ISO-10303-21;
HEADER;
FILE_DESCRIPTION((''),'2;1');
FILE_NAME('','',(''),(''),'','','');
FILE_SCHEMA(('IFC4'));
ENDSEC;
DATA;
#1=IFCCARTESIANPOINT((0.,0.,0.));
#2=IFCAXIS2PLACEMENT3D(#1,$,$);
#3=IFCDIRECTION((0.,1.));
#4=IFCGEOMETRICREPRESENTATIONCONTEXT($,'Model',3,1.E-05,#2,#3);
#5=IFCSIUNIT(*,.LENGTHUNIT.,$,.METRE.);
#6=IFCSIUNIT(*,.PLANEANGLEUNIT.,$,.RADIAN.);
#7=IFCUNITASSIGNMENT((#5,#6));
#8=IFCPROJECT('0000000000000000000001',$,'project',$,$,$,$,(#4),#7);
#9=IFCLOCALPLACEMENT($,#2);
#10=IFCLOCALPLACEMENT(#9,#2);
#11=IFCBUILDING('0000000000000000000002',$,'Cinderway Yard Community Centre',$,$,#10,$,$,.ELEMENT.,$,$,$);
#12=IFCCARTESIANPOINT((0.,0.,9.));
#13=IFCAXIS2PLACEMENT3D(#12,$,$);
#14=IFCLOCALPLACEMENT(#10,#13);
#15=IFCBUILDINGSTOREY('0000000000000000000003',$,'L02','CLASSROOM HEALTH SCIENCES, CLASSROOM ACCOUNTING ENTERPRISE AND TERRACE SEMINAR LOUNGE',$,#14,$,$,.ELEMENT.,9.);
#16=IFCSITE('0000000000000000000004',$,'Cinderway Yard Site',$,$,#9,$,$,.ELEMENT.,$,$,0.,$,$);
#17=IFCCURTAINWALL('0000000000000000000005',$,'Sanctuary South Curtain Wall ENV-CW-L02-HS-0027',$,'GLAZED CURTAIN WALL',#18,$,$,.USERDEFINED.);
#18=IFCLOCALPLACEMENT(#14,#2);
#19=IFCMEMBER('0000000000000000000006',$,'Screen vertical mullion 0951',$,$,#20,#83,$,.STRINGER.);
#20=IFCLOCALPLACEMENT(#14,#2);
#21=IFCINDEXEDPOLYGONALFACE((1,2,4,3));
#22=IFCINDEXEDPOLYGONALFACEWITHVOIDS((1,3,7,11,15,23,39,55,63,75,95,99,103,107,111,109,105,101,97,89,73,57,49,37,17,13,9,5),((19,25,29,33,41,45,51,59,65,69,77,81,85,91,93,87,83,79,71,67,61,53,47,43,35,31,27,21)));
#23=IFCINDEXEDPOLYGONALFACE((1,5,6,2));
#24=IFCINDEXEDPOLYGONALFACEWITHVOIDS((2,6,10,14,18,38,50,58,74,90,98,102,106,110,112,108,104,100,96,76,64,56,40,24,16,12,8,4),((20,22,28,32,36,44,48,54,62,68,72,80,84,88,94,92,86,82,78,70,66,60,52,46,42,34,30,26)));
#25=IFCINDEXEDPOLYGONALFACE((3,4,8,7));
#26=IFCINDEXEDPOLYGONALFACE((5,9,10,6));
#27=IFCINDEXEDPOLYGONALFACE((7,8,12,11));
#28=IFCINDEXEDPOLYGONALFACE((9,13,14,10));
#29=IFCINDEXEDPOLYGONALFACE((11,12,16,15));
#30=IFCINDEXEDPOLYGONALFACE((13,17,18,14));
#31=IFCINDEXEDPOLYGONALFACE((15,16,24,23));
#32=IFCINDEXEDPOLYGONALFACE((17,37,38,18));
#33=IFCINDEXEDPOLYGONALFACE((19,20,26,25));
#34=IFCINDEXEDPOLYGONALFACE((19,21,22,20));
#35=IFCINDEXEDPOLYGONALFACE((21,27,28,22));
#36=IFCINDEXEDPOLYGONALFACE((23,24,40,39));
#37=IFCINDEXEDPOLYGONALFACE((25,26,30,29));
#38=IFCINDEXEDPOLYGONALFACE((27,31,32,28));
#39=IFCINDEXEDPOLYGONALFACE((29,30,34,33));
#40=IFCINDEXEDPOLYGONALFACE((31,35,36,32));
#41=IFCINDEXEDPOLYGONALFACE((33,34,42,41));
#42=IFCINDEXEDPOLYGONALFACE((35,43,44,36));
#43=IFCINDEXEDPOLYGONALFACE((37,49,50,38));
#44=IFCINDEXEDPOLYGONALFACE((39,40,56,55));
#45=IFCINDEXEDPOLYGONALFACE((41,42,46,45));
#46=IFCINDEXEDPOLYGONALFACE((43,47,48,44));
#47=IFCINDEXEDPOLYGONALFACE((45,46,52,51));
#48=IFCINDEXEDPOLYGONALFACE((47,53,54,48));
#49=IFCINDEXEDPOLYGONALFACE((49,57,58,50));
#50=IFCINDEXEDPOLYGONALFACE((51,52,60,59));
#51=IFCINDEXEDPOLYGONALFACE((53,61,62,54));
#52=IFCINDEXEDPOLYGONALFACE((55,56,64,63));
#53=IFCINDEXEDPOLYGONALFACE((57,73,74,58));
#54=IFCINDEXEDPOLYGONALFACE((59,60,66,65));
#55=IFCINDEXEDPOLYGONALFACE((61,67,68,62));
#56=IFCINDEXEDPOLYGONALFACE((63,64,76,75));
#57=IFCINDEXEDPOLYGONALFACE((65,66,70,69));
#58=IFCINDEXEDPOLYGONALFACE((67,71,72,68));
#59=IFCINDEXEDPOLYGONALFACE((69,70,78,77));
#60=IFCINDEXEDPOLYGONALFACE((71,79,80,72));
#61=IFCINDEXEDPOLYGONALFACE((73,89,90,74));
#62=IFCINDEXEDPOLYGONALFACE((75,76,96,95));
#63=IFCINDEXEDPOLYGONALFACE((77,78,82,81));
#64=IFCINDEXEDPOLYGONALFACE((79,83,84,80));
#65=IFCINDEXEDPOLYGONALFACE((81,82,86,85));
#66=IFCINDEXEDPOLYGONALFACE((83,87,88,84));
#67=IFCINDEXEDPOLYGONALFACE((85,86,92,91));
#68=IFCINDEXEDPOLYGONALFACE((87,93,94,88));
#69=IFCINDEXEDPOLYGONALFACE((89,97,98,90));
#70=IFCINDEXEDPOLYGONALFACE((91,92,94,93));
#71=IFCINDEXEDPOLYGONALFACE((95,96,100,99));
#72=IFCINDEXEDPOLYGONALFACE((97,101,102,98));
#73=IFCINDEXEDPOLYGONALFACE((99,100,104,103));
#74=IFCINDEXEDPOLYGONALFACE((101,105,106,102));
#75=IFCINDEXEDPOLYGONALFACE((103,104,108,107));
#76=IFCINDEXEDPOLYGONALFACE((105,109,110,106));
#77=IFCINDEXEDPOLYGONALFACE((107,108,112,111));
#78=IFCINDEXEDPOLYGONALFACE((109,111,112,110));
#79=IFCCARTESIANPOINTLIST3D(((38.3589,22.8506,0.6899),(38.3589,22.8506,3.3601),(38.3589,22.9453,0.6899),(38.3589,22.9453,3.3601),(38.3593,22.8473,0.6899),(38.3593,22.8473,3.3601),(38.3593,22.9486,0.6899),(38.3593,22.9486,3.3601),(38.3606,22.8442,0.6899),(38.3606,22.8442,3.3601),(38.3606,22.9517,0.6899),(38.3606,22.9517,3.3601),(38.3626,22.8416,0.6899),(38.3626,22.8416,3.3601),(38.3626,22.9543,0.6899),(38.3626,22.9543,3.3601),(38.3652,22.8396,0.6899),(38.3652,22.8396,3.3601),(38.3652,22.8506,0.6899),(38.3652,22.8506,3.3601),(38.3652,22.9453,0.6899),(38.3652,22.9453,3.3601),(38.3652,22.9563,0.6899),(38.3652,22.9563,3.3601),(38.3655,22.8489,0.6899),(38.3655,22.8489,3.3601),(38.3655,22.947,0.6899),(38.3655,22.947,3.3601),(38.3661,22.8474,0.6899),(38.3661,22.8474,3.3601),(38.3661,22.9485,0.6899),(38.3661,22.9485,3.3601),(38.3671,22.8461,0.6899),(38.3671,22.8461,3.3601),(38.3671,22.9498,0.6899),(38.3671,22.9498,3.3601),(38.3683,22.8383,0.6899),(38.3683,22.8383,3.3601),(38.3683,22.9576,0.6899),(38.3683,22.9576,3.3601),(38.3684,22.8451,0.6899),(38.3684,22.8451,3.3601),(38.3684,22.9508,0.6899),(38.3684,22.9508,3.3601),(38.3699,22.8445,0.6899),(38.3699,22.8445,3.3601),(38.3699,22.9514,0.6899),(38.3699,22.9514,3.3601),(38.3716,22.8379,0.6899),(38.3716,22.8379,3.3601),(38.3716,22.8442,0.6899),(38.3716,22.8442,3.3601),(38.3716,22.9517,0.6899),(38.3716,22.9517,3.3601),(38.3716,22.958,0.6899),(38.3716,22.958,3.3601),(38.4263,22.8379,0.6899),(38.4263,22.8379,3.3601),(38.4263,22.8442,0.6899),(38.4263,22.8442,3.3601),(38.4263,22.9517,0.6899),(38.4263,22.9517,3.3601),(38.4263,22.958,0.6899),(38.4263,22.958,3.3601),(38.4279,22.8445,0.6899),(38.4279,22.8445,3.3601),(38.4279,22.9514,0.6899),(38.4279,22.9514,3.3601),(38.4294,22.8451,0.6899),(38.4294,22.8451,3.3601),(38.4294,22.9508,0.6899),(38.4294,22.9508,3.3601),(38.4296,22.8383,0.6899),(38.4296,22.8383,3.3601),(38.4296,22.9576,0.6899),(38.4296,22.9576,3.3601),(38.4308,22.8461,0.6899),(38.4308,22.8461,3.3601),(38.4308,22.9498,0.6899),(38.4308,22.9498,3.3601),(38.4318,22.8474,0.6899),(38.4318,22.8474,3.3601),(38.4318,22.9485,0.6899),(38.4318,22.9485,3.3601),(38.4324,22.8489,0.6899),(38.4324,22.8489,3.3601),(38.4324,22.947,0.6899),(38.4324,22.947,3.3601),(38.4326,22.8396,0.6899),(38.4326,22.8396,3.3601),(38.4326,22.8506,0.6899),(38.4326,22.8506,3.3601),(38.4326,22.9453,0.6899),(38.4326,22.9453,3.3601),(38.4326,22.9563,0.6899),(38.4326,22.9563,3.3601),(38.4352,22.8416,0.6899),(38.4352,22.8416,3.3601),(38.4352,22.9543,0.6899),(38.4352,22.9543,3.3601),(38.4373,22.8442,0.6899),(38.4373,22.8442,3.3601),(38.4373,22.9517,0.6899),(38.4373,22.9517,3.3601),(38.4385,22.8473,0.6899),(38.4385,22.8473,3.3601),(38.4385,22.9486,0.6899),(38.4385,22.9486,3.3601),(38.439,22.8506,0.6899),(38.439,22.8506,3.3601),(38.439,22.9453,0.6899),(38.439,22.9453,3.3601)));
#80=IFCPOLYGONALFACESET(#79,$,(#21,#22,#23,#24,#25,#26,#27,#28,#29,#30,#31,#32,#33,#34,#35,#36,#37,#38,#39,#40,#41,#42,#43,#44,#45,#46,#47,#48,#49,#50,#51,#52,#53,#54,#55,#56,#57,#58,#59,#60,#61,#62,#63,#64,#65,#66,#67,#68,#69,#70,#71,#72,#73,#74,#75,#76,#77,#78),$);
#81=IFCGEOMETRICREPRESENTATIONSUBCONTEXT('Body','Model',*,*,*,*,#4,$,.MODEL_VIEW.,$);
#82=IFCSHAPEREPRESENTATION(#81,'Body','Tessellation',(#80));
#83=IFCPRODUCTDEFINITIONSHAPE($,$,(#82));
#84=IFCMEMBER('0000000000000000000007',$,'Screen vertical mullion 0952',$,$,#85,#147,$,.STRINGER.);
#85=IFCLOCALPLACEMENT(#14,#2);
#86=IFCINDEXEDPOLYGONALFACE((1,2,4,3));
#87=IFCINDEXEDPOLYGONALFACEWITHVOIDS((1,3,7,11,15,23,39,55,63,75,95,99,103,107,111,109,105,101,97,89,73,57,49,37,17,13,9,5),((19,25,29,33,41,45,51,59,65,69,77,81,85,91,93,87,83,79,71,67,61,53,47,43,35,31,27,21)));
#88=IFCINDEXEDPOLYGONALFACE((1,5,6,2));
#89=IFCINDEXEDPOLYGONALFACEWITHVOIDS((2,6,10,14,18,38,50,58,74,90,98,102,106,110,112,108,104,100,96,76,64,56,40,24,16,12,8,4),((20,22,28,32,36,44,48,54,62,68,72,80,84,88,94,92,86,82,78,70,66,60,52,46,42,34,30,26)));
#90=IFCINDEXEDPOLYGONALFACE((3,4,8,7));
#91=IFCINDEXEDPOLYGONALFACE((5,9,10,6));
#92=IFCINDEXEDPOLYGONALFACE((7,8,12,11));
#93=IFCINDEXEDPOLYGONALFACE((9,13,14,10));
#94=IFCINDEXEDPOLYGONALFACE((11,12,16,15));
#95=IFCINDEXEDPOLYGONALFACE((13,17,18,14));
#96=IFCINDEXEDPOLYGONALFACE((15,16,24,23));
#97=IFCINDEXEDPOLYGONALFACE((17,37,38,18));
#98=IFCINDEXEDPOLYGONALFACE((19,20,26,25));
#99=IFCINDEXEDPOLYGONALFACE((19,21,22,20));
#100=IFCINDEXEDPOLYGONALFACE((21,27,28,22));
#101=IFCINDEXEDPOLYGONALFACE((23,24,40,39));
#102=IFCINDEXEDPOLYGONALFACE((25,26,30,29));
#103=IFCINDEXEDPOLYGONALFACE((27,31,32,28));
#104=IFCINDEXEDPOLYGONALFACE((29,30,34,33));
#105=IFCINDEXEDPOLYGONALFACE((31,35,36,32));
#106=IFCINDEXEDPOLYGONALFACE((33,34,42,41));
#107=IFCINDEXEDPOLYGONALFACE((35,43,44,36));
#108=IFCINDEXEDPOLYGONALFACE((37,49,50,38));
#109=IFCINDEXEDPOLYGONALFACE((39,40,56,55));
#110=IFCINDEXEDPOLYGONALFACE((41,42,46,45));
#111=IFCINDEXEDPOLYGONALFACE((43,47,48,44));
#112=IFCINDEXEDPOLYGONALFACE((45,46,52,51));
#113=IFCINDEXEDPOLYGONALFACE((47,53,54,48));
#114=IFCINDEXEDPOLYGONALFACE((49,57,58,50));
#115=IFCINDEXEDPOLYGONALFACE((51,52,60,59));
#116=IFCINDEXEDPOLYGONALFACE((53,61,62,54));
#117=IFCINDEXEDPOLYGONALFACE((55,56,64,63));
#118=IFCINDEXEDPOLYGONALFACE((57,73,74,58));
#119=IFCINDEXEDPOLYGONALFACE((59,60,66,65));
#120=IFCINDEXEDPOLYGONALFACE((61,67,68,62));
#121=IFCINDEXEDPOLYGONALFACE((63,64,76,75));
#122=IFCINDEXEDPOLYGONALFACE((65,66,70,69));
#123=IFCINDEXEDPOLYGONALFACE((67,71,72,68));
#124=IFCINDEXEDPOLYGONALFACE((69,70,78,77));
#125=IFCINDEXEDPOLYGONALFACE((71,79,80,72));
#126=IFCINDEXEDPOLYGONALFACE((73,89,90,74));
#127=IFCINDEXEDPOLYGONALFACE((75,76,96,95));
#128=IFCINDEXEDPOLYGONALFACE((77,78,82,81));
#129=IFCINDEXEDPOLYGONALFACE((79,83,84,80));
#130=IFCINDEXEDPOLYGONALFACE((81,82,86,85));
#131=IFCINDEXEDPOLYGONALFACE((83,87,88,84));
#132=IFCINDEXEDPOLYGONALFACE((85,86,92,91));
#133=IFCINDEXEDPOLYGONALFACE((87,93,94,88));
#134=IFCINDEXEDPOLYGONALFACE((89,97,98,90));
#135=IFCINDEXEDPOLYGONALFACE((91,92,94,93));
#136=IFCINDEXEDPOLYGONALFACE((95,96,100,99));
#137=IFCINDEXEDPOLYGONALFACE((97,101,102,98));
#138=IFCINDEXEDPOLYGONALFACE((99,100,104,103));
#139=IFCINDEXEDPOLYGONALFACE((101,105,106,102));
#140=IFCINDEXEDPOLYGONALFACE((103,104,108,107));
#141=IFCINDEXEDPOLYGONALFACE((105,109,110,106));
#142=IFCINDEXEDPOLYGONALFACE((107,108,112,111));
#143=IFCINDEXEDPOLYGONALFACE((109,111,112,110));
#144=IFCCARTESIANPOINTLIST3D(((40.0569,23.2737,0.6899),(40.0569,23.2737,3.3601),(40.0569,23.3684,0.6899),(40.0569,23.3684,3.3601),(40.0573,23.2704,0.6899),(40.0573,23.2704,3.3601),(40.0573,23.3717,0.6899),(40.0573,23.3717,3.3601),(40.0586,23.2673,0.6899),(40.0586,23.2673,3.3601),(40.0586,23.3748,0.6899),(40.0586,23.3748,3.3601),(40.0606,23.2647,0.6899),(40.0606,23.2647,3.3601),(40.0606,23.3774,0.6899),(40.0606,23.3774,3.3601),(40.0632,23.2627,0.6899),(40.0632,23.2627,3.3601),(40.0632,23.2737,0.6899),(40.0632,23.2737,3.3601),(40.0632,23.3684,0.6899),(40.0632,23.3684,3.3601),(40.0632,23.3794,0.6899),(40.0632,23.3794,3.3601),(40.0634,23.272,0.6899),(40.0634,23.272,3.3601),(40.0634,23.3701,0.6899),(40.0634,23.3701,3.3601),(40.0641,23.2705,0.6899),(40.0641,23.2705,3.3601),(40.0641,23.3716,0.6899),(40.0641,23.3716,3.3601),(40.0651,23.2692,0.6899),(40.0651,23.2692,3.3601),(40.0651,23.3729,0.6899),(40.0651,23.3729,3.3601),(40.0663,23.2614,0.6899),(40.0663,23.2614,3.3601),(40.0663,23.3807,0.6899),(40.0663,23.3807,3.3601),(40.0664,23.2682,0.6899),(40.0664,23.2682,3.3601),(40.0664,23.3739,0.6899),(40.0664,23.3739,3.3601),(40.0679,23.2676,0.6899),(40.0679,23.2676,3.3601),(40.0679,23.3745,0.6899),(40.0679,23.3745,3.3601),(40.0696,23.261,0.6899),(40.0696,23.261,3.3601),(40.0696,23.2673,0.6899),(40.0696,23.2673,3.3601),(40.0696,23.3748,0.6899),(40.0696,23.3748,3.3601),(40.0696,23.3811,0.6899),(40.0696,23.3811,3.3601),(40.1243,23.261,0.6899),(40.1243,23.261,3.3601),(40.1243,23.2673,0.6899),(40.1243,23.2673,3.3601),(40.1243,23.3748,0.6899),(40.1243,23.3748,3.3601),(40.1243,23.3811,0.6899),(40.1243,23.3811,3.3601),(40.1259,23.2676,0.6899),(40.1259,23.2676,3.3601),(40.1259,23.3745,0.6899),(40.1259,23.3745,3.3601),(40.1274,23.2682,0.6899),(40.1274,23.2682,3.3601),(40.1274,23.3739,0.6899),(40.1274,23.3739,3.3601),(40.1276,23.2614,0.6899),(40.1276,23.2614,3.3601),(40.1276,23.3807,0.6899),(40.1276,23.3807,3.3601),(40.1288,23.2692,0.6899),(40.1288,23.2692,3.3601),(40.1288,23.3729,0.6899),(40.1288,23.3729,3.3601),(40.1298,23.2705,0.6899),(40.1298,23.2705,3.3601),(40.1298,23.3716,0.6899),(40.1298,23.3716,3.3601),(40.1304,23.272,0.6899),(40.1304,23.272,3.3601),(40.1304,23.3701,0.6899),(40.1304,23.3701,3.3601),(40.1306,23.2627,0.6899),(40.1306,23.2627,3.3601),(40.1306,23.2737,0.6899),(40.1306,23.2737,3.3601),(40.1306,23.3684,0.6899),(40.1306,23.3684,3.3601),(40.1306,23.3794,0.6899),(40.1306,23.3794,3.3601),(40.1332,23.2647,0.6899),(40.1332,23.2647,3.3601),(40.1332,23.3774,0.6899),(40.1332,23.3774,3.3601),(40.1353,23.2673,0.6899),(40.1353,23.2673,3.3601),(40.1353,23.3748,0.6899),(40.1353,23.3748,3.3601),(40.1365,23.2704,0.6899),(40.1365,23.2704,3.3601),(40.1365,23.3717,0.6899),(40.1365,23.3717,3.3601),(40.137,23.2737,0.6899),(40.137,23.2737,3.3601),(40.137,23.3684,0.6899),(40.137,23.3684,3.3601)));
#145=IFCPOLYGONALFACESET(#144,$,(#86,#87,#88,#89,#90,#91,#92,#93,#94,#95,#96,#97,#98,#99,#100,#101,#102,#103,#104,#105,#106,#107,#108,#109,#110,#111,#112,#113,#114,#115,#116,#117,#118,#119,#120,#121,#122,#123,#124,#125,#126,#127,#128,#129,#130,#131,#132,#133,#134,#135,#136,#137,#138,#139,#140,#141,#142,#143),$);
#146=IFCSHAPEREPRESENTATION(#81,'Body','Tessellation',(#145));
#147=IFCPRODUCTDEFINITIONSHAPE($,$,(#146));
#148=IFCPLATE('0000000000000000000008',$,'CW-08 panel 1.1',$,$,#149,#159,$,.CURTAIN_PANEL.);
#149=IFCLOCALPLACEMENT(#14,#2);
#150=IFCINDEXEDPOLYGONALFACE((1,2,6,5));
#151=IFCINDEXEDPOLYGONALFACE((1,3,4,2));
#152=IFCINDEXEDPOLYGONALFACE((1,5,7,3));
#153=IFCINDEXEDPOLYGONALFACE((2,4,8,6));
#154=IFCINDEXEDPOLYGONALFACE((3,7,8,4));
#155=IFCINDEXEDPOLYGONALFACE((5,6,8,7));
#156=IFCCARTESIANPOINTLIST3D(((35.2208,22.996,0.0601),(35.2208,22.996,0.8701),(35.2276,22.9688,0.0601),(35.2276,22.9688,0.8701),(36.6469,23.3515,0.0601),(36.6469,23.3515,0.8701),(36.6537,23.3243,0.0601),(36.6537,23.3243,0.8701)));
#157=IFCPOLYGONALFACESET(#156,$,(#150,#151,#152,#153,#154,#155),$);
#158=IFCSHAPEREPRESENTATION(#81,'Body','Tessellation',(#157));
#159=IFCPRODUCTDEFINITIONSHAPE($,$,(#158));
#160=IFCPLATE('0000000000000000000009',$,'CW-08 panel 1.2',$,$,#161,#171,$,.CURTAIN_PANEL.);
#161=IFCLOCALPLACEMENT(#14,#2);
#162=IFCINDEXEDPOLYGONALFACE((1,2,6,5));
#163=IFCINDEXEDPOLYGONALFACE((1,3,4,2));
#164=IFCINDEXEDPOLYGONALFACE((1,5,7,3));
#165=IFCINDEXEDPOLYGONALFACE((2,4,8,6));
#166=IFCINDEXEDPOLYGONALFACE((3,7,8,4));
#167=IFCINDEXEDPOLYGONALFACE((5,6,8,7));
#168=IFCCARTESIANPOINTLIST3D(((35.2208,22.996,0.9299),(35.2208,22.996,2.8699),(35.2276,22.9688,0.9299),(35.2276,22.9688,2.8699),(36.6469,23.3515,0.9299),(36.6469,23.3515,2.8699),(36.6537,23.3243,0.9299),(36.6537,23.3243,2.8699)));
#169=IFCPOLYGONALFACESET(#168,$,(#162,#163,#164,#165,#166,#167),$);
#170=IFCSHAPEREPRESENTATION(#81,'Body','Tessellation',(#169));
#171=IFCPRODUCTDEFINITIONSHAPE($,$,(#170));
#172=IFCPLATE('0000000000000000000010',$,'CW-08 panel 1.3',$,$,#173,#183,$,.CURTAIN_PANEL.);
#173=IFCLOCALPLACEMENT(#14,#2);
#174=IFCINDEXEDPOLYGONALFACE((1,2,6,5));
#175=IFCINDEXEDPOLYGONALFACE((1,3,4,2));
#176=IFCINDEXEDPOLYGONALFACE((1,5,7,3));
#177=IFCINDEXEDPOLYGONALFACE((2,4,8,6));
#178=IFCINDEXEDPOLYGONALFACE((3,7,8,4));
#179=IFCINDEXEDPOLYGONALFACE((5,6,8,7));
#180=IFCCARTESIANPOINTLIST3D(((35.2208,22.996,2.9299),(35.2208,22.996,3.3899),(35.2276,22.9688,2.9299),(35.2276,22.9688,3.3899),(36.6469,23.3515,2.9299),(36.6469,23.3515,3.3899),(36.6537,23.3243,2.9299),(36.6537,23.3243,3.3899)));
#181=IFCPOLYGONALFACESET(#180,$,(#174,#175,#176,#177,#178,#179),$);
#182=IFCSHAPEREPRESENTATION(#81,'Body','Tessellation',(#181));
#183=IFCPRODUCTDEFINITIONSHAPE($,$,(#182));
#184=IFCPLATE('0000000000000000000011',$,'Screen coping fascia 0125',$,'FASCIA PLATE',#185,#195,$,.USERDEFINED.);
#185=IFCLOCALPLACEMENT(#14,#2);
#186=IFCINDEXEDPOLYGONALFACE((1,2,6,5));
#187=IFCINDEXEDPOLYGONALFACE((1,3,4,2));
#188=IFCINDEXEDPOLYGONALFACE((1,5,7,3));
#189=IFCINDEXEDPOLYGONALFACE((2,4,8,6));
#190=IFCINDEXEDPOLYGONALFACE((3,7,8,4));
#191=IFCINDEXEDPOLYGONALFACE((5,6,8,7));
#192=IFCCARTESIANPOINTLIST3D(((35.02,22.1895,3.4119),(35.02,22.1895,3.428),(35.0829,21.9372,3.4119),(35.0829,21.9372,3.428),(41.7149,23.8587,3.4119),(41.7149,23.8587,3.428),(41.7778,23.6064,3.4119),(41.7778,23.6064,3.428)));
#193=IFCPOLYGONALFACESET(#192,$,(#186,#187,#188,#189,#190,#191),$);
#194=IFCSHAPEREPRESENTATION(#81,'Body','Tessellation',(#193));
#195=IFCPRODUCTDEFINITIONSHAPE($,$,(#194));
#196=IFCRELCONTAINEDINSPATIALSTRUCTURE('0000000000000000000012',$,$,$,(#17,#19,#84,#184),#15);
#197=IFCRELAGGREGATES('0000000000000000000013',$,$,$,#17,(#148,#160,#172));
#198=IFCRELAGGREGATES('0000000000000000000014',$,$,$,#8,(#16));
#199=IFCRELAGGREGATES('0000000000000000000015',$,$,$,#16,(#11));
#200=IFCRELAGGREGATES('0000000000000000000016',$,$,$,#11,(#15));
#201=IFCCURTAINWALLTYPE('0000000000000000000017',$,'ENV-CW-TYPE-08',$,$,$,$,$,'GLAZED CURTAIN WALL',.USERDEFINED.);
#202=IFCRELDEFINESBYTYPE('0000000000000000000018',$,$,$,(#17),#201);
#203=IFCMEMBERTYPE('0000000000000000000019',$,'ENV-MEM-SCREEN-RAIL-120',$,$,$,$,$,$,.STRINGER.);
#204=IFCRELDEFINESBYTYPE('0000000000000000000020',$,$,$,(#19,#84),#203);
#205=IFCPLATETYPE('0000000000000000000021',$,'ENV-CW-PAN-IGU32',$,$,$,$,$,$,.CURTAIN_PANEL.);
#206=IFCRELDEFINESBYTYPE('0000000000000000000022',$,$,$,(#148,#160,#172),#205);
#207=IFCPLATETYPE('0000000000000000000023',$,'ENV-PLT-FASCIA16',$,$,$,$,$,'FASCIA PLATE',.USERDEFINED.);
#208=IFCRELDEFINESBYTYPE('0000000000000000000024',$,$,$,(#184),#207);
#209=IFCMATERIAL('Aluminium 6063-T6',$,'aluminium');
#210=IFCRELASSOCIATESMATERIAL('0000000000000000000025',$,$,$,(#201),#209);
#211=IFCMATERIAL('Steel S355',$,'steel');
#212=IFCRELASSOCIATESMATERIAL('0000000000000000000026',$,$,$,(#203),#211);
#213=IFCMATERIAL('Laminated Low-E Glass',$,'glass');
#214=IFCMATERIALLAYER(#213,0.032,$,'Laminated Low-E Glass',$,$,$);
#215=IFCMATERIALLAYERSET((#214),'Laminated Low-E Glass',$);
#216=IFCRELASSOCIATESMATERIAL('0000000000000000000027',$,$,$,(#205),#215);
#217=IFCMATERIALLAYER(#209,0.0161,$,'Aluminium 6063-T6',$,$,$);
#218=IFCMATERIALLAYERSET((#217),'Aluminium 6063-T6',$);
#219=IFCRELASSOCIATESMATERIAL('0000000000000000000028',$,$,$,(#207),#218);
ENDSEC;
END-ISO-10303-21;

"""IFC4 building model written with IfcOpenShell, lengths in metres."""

from ifc_helpers import new_model, si_unit, direction, frame, origin, origin_2d, place, context, subcontext, project, spatial, rectangle, hollow_rectangle, extrude, material, layer, layer_set, material_profile, profile_set, type_object, element, aggregate, save


model = new_model("IFC4")

# Units and contexts
model_context = context("Model", 3, precision=1e-05, world=origin(), true_north=direction((0.0, 1.0)))
body_context = subcontext(model_context, "Body", "Model", "MODEL_VIEW")
ifc_project = project(units=[si_unit("LENGTHUNIT", "METRE"), si_unit("PLANEANGLEUNIT", "RADIAN")], contexts=[model_context])

# Site, building, storey
site_placement = place(None, origin())
site = spatial("IfcSite", under=ifc_project, at=site_placement, Name="Cinderway Yard Site", CompositionType="ELEMENT", RefElevation=0.0)
building_placement = place(site_placement, origin())
building = spatial("IfcBuilding", under=site, at=building_placement, Name="Cinderway Yard Community Centre", CompositionType="ELEMENT")
storey_placement = place(building_placement, frame((0.0, 0.0, 9.0)))
storey = spatial("IfcBuildingStorey", under=building, at=storey_placement, Name="L02", Description="CLASSROOM HEALTH SCIENCES, CLASSROOM ACCOUNTING ENTERPRISE AND TERRACE SEMINAR LOUNGE", CompositionType="ELEMENT", Elevation=9.0)

# Curtain wall
ifc_material_1 = material(Name="Aluminium 6063-T6", Category="aluminium")
curtain_wall_type = type_object("IfcCurtainWallType", Name="ENV-CW-TYPE-08", ElementType="GLAZED CURTAIN WALL", PredefinedType="USERDEFINED", material=ifc_material_1)
curtain_wall_placement = place(storey_placement, origin())
curtain_wall = element("IfcCurtainWall", 1, at=curtain_wall_placement, inside=storey, type_object=curtain_wall_type, Name="Sanctuary South Curtain Wall ENV-CW-L02-HS-0027", ObjectType="GLAZED CURTAIN WALL", PredefinedType="USERDEFINED")

# Members
ifc_material_2 = material(Name="Steel S355", Category="steel")
ifc_material_profile_1 = material_profile(ifc_material_2, hollow_rectangle(XDim=0.0801, YDim=0.1201, WallThickness=0.0063, InnerFilletRadius=0.0063, OuterFilletRadius=0.0127, at=origin_2d()), Name="Steel S355")
ifc_profile_set_1 = profile_set([ifc_material_profile_1], Name="Steel S355")
member_type_1 = type_object("IfcMemberType", Name="ENV-MEM-SCREEN-RAIL-120", PredefinedType="STRINGER", material=ifc_profile_set_1)
for number, where, z_axis, x_axis, name in (
    (2, (38.3989, 22.8979, 0.6899), (0.0, 0.0, 1.0), (1.0, 0.0, 0.0), "Screen vertical mullion 0951"),
    (3, (40.0969, 23.321, 0.6899), (0.0, 0.0, 1.0), (1.0, 0.0, 0.0), "Screen vertical mullion 0952"),
):
    element("IfcMember", number, at=place(storey_placement, frame(where, z_axis=z_axis, x_axis=x_axis)), inside=storey, type_object=member_type_1, Name=name, PredefinedType="STRINGER", context=body_context, shape_type="SweptSolid", body=[
        extrude(hollow_rectangle(XDim=0.0801, YDim=0.1201, WallThickness=0.0063, InnerFilletRadius=0.0063, OuterFilletRadius=0.0127, at=origin_2d()), origin(), (0.0, 0.0, 1.0), 2.6702),
    ])

# Plates
ifc_material_3 = material(Name="Laminated Low-E Glass", Category="glass")
ifc_layer_1 = layer(ifc_material_3, 0.032, Name="Laminated Low-E Glass")
ifc_layer_set_1 = layer_set([ifc_layer_1], Name="Laminated Low-E Glass")
plate_type_1 = type_object("IfcPlateType", Name="ENV-CW-PAN-IGU32", PredefinedType="CURTAIN_PANEL", material=ifc_layer_set_1)
plate_1_placement = place(storey_placement, frame((35.9373, 23.1602, 0.0601), z_axis=(0.0, 0.0, 1.0), x_axis=(0.970312, 0.241857, 0.0)))
plate_1 = element("IfcPlate", 4, at=plate_1_placement, type_object=plate_type_1, Name="CW-08 panel 1.1", PredefinedType="CURTAIN_PANEL", context=body_context, shape_type="SweptSolid", body=[
    extrude(rectangle(XDim=1.4697, YDim=0.0281, at=origin_2d()), origin(), (0.0, 0.0, 1.0), 0.8101),
])
plate_2_placement = place(storey_placement, frame((35.9373, 23.1602, 0.9299), z_axis=(0.0, 0.0, 1.0), x_axis=(0.970312, 0.241857, 0.0)))
plate_2 = element("IfcPlate", 5, at=plate_2_placement, type_object=plate_type_1, Name="CW-08 panel 1.2", PredefinedType="CURTAIN_PANEL", context=body_context, shape_type="SweptSolid", body=[
    extrude(rectangle(XDim=1.4697, YDim=0.0281, at=origin_2d()), origin(), (0.0, 0.0, 1.0), 1.9399),
])
plate_3_placement = place(storey_placement, frame((35.9373, 23.1602, 2.9299), z_axis=(0.0, 0.0, 1.0), x_axis=(0.970312, 0.241857, 0.0)))
plate_3 = element("IfcPlate", 6, at=plate_3_placement, type_object=plate_type_1, Name="CW-08 panel 1.3", PredefinedType="CURTAIN_PANEL", context=body_context, shape_type="SweptSolid", body=[
    extrude(rectangle(XDim=1.4697, YDim=0.0281, at=origin_2d()), origin(), (0.0, 0.0, 1.0), 0.46),
])
aggregate(curtain_wall, [plate_1, plate_2, plate_3])
ifc_layer_2 = layer(ifc_material_1, 0.0161, Name="Aluminium 6063-T6")
ifc_layer_set_2 = layer_set([ifc_layer_2], Name="Aluminium 6063-T6")
plate_type_2 = type_object("IfcPlateType", Name="ENV-PLT-FASCIA16", ElementType="FASCIA PLATE", PredefinedType="USERDEFINED", material=ifc_layer_set_2)
plate_4_placement = place(storey_placement, frame((38.3989, 22.8979, 3.4119), z_axis=(0.0, 0.0, 1.0), x_axis=(-0.970296, -0.241922, 0.0)))
element("IfcPlate", 7, at=plate_4_placement, inside=storey, type_object=plate_type_2, Name="Screen coping fascia 0125", ObjectType="FASCIA PLATE", PredefinedType="USERDEFINED", context=body_context, shape_type="SweptSolid", body=[
    extrude(rectangle(XDim=6.8999, YDim=0.26, at=origin_2d()), origin(), (0.0, 0.0, 1.0), 0.0161),
])

save(model, "model.ifc")
